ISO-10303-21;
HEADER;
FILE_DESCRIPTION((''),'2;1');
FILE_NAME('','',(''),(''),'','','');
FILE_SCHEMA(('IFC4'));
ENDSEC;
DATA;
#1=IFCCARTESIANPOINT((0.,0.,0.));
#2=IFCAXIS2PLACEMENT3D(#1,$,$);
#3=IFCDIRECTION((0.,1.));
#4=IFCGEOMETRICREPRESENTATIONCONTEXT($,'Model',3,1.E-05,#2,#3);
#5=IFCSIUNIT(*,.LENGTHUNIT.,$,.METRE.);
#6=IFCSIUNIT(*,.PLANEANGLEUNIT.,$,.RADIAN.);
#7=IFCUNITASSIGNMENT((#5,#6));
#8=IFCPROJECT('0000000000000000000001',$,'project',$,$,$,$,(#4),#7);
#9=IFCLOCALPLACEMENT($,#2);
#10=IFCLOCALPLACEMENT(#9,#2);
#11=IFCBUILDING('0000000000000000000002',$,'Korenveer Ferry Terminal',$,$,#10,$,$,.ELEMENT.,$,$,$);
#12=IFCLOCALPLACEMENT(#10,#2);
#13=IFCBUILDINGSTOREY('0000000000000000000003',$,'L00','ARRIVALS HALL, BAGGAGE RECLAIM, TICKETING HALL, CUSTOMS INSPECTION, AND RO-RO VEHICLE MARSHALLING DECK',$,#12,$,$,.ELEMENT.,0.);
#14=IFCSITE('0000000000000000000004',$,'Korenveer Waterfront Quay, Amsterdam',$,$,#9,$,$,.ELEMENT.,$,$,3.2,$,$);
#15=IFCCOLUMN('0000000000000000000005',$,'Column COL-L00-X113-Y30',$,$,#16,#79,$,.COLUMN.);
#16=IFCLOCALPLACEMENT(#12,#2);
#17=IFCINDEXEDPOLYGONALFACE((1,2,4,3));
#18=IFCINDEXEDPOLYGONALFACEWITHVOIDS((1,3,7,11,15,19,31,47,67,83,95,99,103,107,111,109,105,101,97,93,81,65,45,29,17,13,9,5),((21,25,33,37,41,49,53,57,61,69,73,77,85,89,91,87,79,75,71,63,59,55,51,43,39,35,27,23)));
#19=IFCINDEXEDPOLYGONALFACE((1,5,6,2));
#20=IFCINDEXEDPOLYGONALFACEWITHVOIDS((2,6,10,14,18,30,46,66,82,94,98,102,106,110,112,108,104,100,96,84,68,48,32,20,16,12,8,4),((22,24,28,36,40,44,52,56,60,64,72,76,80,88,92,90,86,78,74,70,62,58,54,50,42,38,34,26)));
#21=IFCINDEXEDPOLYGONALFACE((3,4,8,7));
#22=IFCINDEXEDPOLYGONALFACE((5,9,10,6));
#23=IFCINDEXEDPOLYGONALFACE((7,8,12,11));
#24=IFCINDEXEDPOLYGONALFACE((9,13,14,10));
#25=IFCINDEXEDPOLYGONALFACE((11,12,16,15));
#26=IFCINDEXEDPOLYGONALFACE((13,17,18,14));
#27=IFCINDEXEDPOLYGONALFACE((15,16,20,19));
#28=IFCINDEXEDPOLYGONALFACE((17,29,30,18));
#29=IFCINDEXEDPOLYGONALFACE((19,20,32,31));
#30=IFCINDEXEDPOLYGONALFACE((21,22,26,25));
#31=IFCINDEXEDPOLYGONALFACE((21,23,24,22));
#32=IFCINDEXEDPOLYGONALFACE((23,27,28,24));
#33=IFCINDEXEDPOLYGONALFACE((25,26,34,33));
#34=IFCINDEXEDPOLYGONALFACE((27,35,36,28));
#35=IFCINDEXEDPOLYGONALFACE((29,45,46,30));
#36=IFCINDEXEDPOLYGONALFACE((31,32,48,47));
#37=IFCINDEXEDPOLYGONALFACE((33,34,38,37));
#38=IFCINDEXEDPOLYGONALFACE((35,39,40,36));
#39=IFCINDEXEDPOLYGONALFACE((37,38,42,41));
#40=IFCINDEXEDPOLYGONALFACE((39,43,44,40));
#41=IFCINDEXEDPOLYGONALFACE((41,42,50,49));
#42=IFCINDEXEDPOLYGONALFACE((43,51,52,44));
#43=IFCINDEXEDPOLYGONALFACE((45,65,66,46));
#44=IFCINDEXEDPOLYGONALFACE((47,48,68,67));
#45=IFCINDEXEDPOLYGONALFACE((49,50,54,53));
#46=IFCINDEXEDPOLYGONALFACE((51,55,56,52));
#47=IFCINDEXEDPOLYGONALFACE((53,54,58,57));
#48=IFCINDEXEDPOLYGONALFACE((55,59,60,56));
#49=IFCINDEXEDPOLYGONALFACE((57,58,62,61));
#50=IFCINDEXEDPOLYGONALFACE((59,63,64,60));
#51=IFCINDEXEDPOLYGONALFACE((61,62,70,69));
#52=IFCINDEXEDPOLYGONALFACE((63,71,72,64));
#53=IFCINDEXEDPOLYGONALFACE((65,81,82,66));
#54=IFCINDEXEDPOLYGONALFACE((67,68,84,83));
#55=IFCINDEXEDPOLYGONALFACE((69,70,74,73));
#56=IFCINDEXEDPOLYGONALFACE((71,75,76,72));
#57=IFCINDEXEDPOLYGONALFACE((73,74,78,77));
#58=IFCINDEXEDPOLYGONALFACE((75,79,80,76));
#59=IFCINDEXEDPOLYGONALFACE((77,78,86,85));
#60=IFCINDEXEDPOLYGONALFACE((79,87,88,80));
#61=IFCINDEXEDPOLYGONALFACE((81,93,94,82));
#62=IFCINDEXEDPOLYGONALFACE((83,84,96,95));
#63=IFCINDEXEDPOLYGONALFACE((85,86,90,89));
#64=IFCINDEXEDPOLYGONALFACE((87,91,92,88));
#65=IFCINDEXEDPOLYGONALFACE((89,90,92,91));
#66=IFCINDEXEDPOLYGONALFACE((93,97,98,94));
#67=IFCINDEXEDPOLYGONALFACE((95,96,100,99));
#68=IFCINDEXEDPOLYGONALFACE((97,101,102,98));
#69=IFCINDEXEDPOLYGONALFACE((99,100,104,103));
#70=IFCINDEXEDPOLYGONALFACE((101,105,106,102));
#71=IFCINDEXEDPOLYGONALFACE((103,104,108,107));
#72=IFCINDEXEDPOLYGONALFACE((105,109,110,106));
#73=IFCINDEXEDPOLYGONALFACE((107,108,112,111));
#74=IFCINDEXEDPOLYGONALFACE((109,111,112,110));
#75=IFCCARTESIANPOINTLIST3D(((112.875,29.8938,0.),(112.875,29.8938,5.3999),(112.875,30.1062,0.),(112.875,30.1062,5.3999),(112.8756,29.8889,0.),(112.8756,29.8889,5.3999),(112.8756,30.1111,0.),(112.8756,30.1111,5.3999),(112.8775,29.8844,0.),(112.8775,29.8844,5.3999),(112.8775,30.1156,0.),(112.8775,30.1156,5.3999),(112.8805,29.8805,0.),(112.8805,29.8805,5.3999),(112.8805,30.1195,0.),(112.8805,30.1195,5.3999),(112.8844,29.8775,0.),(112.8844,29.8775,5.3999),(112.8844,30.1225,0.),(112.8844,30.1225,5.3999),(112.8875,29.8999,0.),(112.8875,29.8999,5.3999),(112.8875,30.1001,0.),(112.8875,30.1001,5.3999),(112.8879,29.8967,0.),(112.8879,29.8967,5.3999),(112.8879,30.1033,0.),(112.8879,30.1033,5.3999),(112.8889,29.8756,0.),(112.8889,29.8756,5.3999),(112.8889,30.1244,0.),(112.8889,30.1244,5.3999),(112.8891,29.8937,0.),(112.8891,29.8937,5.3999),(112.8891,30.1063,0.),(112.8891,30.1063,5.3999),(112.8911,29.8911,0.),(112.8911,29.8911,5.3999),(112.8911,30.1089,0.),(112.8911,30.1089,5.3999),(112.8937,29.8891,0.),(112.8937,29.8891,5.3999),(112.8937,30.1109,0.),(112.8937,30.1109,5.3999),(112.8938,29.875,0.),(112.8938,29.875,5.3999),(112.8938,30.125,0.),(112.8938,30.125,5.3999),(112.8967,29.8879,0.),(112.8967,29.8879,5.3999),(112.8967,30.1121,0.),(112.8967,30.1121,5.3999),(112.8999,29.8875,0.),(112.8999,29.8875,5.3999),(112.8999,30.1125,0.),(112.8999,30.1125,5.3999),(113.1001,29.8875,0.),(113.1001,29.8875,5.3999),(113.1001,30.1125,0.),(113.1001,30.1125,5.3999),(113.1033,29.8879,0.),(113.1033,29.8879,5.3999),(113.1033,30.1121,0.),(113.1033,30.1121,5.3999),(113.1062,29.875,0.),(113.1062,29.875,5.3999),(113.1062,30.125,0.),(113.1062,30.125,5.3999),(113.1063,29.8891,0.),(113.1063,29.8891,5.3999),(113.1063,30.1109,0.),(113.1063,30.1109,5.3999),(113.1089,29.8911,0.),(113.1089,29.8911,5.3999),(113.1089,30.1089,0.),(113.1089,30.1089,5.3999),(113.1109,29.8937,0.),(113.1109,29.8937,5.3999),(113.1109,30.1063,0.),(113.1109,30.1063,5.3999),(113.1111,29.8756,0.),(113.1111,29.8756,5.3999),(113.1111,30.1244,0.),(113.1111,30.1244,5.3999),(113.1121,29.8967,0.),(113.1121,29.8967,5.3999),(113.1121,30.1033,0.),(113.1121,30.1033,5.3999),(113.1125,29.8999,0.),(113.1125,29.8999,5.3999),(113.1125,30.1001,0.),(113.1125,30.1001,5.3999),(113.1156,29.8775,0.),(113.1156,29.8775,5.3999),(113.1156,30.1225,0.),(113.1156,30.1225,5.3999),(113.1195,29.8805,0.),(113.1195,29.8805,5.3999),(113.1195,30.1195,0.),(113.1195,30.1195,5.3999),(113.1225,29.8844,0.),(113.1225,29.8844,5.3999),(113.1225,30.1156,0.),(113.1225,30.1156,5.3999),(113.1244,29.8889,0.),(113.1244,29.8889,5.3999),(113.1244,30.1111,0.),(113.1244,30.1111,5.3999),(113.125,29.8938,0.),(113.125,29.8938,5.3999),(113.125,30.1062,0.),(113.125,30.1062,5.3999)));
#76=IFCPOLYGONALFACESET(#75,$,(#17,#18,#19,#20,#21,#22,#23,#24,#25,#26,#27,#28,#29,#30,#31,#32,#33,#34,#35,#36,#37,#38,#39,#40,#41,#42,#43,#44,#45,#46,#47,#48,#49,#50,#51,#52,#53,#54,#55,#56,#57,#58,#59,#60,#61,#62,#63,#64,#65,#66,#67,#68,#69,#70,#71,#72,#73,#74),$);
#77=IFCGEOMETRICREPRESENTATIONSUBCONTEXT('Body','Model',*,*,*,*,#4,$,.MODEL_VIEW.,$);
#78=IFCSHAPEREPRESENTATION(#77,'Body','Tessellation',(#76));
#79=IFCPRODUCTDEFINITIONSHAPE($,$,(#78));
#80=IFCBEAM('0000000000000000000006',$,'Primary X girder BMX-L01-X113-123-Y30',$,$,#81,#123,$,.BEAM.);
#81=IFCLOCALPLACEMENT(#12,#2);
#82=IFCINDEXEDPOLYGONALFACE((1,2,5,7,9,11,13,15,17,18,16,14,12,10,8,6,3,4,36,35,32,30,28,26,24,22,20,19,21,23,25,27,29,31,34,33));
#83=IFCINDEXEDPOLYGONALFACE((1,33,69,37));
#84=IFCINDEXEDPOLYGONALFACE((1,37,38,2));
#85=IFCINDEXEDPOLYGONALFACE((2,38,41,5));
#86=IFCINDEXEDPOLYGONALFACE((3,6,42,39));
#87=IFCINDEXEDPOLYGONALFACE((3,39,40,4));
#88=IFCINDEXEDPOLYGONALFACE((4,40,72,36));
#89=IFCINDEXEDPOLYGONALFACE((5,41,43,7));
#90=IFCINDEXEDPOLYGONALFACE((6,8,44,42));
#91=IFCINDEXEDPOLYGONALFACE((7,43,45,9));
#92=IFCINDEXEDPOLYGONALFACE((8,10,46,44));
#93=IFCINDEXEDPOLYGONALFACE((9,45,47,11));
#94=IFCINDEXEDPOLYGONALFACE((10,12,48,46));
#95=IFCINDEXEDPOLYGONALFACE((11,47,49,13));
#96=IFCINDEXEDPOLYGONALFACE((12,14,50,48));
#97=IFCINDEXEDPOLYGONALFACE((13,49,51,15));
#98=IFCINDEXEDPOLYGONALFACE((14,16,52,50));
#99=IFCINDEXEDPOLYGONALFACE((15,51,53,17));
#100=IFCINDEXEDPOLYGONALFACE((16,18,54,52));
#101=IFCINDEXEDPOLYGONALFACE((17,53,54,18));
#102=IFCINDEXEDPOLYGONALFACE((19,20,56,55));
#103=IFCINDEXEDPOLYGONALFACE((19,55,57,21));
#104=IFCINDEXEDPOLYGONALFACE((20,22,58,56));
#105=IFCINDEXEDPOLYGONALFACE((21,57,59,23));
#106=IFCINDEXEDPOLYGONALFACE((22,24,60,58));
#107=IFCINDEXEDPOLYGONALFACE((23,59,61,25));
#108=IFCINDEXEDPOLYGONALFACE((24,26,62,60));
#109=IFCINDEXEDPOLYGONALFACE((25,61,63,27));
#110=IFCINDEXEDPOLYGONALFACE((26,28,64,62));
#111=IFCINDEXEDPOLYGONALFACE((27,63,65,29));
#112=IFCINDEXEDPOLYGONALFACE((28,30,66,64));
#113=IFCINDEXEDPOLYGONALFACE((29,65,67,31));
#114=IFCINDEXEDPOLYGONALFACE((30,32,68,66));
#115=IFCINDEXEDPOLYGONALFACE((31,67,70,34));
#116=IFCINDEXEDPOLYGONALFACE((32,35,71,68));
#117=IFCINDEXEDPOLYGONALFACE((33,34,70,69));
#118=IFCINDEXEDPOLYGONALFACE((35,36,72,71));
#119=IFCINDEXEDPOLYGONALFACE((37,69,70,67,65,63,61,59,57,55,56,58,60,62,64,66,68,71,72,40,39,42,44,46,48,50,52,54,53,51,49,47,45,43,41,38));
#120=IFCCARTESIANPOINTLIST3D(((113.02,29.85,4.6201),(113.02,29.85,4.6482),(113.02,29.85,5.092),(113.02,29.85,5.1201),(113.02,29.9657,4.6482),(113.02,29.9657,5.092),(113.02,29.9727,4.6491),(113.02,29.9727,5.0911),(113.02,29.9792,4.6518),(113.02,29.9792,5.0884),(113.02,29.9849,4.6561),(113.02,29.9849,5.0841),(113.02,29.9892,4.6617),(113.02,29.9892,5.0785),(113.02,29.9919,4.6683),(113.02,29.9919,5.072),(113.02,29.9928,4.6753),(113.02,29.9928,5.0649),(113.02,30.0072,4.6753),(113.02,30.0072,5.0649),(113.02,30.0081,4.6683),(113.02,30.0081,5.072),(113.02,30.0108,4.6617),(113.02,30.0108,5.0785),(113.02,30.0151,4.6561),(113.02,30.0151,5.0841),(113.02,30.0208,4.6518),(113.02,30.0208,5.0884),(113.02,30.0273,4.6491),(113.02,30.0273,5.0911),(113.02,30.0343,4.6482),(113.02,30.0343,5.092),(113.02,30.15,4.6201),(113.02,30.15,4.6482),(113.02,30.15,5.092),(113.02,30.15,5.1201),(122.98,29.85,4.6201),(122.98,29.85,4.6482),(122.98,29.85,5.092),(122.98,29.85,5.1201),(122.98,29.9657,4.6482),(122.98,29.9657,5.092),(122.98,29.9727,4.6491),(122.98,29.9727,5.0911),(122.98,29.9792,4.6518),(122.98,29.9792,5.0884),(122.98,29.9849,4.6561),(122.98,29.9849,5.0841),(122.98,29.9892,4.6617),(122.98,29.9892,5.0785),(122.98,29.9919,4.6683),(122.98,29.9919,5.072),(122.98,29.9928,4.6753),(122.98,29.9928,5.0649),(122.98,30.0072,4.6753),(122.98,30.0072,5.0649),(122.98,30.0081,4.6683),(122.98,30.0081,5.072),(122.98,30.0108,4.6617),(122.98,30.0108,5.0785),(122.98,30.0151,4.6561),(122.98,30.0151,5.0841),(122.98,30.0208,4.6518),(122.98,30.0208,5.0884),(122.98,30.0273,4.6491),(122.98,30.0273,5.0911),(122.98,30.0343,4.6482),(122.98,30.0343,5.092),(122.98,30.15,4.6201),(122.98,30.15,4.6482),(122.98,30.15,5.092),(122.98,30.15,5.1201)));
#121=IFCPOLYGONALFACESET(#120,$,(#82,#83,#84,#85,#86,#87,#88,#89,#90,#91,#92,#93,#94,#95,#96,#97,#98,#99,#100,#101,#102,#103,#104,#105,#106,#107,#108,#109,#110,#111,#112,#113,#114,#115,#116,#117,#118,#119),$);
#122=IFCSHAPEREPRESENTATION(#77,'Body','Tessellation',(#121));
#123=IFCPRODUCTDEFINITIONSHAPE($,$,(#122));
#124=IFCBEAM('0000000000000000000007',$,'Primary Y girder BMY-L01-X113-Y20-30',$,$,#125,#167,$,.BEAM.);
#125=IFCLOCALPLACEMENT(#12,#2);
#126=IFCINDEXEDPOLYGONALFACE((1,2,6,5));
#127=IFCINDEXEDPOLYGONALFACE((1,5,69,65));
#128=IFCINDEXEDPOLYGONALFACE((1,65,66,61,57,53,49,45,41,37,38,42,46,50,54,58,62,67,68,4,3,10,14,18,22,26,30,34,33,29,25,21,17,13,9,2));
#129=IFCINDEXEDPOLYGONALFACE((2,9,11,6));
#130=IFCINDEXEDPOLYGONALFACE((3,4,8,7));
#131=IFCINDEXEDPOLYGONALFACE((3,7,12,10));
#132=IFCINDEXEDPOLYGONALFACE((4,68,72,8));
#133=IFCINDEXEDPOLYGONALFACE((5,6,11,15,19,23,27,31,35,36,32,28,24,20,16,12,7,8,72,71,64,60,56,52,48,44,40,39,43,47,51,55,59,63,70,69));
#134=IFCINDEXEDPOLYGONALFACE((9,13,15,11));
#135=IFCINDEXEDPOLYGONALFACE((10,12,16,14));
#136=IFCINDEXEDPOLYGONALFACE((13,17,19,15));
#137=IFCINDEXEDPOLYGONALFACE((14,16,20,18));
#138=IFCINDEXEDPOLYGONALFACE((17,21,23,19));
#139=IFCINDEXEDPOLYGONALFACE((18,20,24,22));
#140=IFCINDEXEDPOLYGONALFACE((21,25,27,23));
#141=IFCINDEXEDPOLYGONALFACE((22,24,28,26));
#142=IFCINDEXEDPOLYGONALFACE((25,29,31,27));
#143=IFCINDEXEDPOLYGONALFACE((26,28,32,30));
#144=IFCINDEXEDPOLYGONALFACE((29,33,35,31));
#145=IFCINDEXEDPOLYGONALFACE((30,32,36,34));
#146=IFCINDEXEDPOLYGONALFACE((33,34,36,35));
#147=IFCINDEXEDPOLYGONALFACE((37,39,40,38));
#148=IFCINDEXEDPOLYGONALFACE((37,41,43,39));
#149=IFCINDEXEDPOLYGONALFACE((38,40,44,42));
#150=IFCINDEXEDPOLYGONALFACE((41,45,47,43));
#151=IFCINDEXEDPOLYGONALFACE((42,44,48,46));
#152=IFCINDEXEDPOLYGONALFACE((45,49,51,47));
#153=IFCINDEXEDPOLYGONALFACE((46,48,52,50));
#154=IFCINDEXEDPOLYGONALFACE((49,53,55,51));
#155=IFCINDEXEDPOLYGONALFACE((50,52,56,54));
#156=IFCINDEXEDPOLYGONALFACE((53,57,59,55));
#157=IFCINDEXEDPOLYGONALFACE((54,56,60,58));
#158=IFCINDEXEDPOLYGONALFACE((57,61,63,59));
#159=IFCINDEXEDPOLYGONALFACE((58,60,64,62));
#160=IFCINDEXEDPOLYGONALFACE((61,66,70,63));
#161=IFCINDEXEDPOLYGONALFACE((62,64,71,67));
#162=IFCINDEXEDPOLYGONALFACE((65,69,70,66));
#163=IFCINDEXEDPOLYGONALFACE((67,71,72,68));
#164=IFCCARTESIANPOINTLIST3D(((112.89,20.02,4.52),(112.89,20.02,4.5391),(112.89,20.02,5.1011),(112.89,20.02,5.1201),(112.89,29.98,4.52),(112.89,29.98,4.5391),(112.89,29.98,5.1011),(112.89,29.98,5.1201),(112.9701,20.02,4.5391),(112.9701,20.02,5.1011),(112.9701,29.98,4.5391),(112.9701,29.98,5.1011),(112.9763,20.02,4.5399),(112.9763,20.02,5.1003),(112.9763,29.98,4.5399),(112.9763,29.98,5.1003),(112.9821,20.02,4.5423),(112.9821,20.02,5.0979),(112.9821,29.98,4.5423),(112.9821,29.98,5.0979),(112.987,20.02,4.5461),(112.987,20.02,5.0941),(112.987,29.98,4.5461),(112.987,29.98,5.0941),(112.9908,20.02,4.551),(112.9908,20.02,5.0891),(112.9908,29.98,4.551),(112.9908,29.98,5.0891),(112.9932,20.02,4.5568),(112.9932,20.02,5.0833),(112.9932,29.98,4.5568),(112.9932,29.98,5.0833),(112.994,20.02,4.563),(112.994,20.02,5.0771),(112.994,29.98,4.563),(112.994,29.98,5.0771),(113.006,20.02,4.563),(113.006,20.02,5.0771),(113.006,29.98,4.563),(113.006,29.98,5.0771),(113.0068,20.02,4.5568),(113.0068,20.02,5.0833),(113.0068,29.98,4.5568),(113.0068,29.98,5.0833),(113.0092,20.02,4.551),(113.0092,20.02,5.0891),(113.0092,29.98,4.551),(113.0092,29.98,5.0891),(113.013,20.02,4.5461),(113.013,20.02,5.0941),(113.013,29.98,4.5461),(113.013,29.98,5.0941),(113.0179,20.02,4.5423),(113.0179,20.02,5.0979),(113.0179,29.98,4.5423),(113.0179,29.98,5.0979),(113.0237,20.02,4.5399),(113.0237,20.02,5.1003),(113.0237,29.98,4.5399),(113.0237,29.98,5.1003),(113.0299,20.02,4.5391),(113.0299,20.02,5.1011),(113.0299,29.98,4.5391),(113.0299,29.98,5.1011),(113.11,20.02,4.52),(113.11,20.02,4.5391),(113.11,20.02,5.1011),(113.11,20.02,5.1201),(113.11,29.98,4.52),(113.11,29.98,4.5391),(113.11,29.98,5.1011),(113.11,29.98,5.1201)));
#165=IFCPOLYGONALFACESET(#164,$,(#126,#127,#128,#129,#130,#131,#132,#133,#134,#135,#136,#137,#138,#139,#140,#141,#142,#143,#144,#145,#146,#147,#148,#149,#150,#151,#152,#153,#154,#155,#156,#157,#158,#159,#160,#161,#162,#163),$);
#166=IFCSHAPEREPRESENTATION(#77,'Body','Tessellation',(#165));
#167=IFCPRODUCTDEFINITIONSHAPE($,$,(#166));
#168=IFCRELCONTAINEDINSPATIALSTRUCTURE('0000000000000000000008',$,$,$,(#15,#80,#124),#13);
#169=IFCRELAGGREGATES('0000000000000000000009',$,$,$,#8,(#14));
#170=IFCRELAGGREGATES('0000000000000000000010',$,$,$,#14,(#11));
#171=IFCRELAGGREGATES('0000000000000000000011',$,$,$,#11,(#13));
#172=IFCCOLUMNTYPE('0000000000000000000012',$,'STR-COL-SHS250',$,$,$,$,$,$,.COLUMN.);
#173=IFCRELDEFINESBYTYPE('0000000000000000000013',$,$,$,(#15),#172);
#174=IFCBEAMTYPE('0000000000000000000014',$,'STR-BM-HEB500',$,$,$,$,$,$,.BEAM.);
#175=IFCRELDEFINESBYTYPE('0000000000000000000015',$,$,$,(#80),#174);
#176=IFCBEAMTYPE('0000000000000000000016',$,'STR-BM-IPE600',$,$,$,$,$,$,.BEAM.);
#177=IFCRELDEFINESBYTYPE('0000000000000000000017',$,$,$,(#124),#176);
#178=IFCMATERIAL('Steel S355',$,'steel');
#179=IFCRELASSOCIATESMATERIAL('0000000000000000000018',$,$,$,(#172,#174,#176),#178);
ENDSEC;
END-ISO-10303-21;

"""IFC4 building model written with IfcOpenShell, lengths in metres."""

from ifc_helpers import new_model, si_unit, direction, frame, origin, origin_2d, place, context, subcontext, project, spatial, hollow_rectangle, i_section, extrude, material, material_profile, profile_set, type_object, element, save


model = new_model("IFC4")

# Units and contexts
model_context = context("Model", 3, precision=1e-05, world=origin(), true_north=direction((0.0, 1.0)))
body_context = subcontext(model_context, "Body", "Model", "MODEL_VIEW")
ifc_project = project(units=[si_unit("LENGTHUNIT", "METRE"), si_unit("PLANEANGLEUNIT", "RADIAN")], contexts=[model_context])

# Site, building, storey
site_placement = place(None, origin())
site = spatial("IfcSite", under=ifc_project, at=site_placement, Name="Korenveer Waterfront Quay, Amsterdam", CompositionType="ELEMENT", RefElevation=3.2)
building_placement = place(site_placement, origin())
building = spatial("IfcBuilding", under=site, at=building_placement, Name="Korenveer Ferry Terminal", CompositionType="ELEMENT")
storey_placement = place(building_placement, origin())
storey = spatial("IfcBuildingStorey", under=building, at=storey_placement, Name="L00", Description="ARRIVALS HALL, BAGGAGE RECLAIM, TICKETING HALL, CUSTOMS INSPECTION, AND RO-RO VEHICLE MARSHALLING DECK", CompositionType="ELEMENT", Elevation=0.0)

# Column
ifc_material_1 = material(Name="Steel S355", Category="steel")
ifc_material_profile_1 = material_profile(ifc_material_1, hollow_rectangle(XDim=0.25, YDim=0.25, WallThickness=0.0125, InnerFilletRadius=0.0125, OuterFilletRadius=0.0188, at=origin_2d()), Name="SHS 250x250x12.5")
ifc_profile_set_1 = profile_set([ifc_material_profile_1], Name="Steel S355")
column_type = type_object("IfcColumnType", Name="STR-COL-SHS250", PredefinedType="COLUMN", material=ifc_profile_set_1)
column_placement = place(storey_placement, frame((113.0, 30.0, 0.0), z_axis=(0.0, 0.0, 1.0), x_axis=(1.0, 0.0, 0.0)))
element("IfcColumn", 1, at=column_placement, inside=storey, type_object=column_type, Name="Column COL-L00-X113-Y30", PredefinedType="COLUMN", context=body_context, shape_type="SweptSolid", body=[
    extrude(hollow_rectangle(XDim=0.25, YDim=0.25, WallThickness=0.0125, InnerFilletRadius=0.0125, OuterFilletRadius=0.0188, at=origin_2d()), origin(), (0.0, 0.0, 1.0), 5.3999),
])

# Beams
ifc_material_profile_2 = material_profile(ifc_material_1, i_section(OverallWidth=0.3, OverallDepth=0.5, WebThickness=0.0144, FlangeThickness=0.0281, FilletRadius=0.0271, at=origin_2d()), Name="HEB 500")
ifc_profile_set_2 = profile_set([ifc_material_profile_2], Name="Steel S355")
beam_type_1 = type_object("IfcBeamType", Name="STR-BM-HEB500", PredefinedType="BEAM", material=ifc_profile_set_2)
beam_placement = place(storey_placement, frame((113.02, 30.0, 4.8701), z_axis=(1.0, 0.0, 0.0), x_axis=(0.0, 1.0, 0.0)))
element("IfcBeam", 2, at=beam_placement, inside=storey, type_object=beam_type_1, Name="Primary X girder BMX-L01-X113-123-Y30", PredefinedType="BEAM", context=body_context, shape_type="SweptSolid", body=[
    extrude(i_section(OverallWidth=0.3, OverallDepth=0.5, WebThickness=0.0144, FlangeThickness=0.0281, FilletRadius=0.0271, at=origin_2d()), origin(), (0.0, 0.0, 1.0), 9.96),
])
ifc_material_profile_3 = material_profile(ifc_material_1, i_section(OverallWidth=0.22, OverallDepth=0.6001, WebThickness=0.012, FlangeThickness=0.019, FilletRadius=0.0239, at=origin_2d()), Name="IPE 600")
ifc_profile_set_3 = profile_set([ifc_material_profile_3], Name="Steel S355")
beam_type_2 = type_object("IfcBeamType", Name="STR-BM-IPE600", PredefinedType="BEAM", material=ifc_profile_set_3)
for number, where, z_axis, x_axis, name in (
    (3, (113.0, 20.02, 4.8201), (0.0, 1.0, 0.0), (-1.0, 0.0, 0.0), "Primary Y girder BMY-L01-X113-Y20-30"),
):
    element("IfcBeam", number, at=place(storey_placement, frame(where, z_axis=z_axis, x_axis=x_axis)), inside=storey, type_object=beam_type_2, Name=name, PredefinedType="BEAM", context=body_context, shape_type="SweptSolid", body=[
        extrude(i_section(OverallWidth=0.22, OverallDepth=0.6001, WebThickness=0.012, FlangeThickness=0.019, FilletRadius=0.0239, at=origin_2d()), origin(), (0.0, 0.0, 1.0), 9.96),
    ])

save(model, "model.ifc")
